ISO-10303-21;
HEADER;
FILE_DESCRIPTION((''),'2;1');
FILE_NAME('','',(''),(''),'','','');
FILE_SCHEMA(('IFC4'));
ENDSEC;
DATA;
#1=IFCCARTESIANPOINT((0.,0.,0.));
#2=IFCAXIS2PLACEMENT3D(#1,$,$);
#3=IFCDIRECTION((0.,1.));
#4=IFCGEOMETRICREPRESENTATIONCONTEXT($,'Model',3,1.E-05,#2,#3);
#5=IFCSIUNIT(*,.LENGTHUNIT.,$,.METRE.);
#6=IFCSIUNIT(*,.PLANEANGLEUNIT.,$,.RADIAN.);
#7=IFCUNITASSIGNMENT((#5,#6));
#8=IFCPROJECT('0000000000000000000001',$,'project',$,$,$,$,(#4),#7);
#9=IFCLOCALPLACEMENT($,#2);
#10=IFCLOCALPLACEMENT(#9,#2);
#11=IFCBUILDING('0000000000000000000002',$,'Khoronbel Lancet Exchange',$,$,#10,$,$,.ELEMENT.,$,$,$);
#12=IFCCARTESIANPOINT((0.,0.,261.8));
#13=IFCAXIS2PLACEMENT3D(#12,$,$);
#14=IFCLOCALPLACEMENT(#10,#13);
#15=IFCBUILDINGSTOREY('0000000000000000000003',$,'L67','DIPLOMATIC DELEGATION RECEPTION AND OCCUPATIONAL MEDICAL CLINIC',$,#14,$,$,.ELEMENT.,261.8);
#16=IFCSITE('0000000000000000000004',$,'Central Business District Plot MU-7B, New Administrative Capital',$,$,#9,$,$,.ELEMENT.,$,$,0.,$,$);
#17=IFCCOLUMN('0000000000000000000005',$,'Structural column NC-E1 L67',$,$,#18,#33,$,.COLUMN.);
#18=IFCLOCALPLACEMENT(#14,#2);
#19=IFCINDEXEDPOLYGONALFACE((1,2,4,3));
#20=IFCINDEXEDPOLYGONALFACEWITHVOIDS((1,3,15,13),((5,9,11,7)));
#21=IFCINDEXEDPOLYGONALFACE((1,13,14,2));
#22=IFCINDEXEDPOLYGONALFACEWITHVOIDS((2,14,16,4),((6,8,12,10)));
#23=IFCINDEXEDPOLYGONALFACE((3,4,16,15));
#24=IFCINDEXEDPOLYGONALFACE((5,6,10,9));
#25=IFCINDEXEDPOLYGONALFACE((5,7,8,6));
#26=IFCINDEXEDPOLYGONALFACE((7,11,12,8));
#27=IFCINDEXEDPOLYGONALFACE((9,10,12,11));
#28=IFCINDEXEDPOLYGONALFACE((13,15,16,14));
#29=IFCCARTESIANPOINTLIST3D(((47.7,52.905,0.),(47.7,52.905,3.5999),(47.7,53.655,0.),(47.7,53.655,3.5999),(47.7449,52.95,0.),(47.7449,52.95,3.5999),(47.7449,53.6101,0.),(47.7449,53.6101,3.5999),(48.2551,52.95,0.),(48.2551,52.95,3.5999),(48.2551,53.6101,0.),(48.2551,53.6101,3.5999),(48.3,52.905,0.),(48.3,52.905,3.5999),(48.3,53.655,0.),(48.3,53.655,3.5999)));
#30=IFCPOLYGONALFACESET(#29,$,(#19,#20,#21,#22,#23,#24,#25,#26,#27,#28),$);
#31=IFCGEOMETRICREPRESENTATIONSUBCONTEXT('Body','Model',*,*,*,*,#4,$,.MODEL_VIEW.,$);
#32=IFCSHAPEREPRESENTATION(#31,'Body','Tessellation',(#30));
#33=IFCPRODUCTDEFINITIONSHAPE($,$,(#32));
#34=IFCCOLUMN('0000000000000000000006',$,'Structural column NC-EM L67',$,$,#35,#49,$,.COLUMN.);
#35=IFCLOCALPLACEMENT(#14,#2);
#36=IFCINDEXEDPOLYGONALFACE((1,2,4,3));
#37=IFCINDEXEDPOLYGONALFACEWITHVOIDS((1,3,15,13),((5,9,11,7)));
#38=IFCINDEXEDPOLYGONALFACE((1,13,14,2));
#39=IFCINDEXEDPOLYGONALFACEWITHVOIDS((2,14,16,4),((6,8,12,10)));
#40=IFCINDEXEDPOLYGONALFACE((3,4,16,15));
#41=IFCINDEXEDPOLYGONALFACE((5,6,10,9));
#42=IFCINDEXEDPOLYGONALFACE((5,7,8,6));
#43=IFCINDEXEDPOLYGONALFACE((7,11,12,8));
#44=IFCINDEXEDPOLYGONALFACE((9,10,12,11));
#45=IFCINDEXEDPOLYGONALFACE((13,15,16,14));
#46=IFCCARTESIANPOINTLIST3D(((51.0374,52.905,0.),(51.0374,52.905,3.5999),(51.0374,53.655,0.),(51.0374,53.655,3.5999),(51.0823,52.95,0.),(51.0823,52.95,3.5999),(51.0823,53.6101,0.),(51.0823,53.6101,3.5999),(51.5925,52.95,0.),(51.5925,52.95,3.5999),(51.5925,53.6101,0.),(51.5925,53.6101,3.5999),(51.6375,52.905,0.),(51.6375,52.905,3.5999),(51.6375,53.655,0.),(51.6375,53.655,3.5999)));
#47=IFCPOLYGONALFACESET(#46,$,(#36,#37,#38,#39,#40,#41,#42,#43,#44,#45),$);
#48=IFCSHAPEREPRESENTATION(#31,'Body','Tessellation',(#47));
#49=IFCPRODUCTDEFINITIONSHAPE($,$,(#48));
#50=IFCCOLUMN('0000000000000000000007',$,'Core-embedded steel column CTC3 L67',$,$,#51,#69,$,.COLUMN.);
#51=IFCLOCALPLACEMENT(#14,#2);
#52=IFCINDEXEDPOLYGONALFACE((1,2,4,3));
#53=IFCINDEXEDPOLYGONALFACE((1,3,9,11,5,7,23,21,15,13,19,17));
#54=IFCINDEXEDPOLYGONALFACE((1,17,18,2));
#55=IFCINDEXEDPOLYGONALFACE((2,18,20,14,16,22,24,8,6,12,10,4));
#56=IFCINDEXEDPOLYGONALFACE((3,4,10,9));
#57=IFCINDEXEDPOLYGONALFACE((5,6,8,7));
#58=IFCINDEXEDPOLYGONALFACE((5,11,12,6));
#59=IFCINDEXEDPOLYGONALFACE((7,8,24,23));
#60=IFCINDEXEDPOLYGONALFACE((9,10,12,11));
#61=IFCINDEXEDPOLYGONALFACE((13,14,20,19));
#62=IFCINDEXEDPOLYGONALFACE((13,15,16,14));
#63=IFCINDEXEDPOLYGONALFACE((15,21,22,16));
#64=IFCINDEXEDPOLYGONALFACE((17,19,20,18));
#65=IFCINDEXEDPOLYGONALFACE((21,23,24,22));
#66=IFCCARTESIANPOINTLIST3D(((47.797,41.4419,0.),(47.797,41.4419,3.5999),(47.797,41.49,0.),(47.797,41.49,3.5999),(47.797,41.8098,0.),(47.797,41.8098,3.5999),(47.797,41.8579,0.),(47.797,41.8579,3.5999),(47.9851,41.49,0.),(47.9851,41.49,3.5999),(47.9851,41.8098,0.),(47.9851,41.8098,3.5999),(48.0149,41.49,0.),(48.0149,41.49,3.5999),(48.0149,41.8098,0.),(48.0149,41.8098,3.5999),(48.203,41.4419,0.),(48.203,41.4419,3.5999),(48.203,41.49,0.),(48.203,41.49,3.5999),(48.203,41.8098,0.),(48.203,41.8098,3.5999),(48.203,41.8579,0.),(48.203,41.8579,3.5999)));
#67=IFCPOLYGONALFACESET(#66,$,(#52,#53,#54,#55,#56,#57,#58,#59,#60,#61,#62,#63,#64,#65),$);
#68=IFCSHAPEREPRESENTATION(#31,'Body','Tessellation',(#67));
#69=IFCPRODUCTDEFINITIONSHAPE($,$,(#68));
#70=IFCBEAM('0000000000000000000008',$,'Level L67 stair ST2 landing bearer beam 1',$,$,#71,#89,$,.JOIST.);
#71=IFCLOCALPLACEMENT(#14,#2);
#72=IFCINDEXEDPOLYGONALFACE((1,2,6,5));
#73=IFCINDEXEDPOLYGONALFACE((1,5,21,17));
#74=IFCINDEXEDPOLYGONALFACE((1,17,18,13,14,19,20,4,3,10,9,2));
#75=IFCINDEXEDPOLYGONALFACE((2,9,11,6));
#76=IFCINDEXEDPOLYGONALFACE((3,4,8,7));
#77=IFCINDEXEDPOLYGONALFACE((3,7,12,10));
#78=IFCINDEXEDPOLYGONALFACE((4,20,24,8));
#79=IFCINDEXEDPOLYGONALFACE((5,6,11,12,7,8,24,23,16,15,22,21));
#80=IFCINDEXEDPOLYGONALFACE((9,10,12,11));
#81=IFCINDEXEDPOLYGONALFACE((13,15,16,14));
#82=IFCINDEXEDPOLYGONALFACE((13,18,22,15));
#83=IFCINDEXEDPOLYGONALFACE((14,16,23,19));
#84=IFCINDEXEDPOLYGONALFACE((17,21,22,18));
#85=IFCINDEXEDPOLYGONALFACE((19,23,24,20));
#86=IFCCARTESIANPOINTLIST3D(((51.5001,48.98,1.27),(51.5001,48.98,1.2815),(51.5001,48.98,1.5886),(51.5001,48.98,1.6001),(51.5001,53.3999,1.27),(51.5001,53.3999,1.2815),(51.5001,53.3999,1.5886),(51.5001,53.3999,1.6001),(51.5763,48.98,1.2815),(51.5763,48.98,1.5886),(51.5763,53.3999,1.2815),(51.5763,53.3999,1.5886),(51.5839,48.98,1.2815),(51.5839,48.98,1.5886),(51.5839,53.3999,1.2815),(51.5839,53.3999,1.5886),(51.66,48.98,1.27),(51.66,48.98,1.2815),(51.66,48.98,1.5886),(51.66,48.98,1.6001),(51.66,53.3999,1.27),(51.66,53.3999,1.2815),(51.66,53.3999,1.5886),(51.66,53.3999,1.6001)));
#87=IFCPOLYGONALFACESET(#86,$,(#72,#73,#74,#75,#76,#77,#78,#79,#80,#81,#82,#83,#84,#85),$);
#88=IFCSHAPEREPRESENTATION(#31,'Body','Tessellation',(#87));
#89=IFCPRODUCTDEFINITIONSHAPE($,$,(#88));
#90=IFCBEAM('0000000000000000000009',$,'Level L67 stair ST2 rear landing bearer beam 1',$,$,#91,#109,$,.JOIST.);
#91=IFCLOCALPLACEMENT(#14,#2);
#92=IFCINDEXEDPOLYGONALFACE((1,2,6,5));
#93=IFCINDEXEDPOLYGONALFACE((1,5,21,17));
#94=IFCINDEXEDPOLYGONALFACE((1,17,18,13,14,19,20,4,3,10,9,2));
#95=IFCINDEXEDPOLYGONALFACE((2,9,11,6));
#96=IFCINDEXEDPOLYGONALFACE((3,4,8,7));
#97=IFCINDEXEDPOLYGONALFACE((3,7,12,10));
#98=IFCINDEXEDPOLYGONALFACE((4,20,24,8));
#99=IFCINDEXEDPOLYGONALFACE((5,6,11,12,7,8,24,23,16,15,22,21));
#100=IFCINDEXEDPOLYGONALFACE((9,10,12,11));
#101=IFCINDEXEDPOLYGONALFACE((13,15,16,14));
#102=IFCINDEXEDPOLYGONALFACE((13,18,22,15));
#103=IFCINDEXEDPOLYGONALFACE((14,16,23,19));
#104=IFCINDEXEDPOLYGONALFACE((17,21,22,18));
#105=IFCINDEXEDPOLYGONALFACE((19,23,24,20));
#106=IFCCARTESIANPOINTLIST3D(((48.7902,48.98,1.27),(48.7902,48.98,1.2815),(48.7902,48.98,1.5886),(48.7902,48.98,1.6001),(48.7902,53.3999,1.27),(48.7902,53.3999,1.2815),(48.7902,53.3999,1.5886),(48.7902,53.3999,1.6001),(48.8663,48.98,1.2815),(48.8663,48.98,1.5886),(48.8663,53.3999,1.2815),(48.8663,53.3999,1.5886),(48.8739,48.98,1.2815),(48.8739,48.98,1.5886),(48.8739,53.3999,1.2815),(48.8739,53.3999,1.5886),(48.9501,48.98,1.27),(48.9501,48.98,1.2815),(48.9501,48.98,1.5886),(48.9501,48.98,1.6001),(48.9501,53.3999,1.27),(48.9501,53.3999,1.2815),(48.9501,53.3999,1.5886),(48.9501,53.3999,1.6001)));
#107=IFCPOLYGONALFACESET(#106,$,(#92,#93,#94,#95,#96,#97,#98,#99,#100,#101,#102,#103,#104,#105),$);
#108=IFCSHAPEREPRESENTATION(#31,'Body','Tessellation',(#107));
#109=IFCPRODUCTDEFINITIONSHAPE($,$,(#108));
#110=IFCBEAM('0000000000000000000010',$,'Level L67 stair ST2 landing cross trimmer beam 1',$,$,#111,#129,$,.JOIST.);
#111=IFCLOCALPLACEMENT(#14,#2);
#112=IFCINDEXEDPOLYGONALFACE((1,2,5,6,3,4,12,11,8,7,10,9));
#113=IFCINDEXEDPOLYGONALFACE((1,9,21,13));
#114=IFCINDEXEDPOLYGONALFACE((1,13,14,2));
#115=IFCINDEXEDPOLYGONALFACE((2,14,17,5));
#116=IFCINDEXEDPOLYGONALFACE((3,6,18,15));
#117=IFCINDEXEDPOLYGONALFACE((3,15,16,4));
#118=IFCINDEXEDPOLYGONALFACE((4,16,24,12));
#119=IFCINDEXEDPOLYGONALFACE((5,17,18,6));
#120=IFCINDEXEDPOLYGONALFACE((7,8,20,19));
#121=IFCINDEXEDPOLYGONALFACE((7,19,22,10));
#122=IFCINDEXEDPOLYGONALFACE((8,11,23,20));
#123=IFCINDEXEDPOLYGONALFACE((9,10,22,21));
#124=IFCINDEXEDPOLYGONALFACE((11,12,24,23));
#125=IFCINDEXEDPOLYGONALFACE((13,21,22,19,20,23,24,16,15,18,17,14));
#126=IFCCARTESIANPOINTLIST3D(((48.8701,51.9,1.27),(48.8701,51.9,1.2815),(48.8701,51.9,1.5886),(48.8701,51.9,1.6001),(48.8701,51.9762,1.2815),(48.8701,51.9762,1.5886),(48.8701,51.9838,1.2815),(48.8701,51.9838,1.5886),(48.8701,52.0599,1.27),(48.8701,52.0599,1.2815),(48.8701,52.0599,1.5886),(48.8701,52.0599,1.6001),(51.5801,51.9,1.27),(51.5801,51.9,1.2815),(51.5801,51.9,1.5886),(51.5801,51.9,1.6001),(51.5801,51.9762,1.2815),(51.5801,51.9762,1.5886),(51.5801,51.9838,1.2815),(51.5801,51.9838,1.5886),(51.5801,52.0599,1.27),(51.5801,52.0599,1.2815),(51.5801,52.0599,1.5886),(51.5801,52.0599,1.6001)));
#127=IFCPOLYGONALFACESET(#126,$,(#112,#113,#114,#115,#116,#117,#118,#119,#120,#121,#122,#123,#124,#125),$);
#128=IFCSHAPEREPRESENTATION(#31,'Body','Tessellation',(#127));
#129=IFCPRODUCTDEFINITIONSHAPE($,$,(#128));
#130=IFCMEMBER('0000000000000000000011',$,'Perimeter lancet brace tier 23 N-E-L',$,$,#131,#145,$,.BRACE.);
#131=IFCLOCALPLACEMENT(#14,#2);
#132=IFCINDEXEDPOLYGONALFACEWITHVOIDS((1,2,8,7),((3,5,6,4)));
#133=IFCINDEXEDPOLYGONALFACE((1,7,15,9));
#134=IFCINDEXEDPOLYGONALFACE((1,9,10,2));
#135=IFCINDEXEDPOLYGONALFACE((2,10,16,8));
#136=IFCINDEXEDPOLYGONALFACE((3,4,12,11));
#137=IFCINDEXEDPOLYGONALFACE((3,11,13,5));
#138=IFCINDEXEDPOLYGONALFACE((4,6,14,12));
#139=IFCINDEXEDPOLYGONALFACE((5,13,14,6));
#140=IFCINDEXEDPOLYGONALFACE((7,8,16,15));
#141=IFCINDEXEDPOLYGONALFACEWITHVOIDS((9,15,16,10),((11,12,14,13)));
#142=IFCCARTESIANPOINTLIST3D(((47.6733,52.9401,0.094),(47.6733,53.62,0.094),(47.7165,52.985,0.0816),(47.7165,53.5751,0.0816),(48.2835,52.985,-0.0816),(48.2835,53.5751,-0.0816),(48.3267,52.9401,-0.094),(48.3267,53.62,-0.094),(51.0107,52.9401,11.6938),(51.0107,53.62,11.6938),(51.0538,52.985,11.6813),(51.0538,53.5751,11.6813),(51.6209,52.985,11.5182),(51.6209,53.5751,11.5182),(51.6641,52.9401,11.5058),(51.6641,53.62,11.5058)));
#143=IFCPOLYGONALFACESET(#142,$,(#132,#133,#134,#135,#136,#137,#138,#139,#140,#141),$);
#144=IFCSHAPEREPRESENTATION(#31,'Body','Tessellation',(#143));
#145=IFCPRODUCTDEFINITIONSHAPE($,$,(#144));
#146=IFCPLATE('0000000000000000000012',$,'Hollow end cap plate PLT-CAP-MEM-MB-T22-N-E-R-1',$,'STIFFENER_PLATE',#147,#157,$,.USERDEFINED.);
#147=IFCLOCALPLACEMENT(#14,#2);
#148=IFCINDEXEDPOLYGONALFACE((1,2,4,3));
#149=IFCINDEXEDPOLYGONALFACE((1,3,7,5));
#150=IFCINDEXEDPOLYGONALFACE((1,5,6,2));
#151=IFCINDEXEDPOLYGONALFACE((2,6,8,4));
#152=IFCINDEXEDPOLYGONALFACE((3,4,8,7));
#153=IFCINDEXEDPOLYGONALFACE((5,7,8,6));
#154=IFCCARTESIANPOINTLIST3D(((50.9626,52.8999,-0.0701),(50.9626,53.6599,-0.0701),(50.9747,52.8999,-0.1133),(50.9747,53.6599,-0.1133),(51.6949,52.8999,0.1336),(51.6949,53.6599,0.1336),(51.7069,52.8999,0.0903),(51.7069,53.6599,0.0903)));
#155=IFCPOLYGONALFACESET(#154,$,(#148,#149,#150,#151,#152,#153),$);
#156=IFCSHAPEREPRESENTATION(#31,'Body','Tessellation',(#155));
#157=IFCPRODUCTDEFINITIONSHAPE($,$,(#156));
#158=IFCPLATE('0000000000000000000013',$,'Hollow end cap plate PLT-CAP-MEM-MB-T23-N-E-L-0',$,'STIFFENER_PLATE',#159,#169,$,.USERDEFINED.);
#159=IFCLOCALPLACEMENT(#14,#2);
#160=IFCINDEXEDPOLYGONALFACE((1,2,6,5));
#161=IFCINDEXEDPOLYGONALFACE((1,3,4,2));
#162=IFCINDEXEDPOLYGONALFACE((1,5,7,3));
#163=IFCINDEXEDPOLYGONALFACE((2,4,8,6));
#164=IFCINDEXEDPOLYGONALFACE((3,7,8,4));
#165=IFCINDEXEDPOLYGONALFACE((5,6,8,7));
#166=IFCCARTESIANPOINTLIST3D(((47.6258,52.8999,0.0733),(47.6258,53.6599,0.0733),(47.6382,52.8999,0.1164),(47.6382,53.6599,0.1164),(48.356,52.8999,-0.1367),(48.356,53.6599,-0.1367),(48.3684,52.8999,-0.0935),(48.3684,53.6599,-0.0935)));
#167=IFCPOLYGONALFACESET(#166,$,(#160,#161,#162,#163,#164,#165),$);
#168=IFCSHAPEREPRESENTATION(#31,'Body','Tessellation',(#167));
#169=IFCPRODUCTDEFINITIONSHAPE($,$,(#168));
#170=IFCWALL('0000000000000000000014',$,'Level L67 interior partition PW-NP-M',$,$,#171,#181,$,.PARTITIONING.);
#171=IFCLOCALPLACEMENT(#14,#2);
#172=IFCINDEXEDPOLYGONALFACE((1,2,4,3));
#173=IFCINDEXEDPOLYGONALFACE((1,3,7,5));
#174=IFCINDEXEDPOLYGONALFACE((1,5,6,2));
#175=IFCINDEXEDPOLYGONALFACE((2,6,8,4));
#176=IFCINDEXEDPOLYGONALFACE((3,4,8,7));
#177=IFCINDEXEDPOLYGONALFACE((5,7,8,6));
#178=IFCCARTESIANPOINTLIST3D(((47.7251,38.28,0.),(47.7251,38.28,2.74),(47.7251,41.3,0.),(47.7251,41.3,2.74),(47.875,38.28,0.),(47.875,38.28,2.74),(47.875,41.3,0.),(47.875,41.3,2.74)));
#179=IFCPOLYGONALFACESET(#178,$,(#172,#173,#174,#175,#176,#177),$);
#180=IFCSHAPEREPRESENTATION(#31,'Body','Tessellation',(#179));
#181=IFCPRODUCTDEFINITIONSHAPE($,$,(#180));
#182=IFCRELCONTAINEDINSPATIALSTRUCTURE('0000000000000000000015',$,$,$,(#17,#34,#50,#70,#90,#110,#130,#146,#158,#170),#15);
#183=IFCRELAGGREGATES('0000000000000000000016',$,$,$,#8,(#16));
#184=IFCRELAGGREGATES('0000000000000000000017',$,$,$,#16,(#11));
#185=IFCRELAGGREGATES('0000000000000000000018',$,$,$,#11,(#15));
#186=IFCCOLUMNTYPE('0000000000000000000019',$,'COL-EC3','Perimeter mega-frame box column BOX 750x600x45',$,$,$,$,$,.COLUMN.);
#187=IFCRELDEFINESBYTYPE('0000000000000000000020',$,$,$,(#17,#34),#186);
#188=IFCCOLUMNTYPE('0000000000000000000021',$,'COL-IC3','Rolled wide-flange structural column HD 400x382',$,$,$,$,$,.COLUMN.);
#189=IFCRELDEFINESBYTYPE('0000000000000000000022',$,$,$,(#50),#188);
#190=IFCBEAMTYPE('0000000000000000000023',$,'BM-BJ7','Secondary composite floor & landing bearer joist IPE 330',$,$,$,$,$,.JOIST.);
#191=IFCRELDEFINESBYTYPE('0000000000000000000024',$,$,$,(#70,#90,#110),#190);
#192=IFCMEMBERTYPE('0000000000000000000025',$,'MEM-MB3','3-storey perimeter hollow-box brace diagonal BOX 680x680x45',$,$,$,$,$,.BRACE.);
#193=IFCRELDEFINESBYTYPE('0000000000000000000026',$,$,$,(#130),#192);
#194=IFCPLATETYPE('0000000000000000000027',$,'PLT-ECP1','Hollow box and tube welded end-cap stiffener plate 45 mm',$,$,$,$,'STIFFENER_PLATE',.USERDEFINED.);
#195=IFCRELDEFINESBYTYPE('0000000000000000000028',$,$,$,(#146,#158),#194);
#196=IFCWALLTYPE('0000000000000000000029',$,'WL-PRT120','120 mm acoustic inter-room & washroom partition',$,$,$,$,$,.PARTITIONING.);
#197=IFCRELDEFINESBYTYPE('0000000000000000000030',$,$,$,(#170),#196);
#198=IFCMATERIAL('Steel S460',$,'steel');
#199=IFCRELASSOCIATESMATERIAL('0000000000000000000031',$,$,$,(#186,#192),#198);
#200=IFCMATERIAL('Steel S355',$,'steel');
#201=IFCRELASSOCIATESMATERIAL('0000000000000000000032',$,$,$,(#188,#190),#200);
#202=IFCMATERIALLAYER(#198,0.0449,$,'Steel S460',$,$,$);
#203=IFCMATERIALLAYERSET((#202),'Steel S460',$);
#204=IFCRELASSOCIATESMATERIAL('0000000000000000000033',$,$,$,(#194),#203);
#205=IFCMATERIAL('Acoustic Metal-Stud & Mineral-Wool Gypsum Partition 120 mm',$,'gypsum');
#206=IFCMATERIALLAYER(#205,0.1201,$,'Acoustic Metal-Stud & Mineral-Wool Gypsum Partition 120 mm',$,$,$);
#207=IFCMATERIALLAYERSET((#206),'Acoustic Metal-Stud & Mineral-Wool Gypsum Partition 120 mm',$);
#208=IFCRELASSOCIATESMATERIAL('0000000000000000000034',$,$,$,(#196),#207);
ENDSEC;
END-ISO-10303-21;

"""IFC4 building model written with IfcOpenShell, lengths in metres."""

from ifc_helpers import new_model, si_unit, direction, frame, frame_2d, origin, origin_2d, place, context, subcontext, project, spatial, polyline, rectangle, hollow_rectangle, i_section, outline, extrude, material, layer, layer_set, material_profile, profile_set, type_object, element, save


model = new_model("IFC4")

# Units and contexts
model_context = context("Model", 3, precision=1e-05, world=origin(), true_north=direction((0.0, 1.0)))
body_context = subcontext(model_context, "Body", "Model", "MODEL_VIEW")
ifc_project = project(units=[si_unit("LENGTHUNIT", "METRE"), si_unit("PLANEANGLEUNIT", "RADIAN")], contexts=[model_context])

# Site, building, storey
site_placement = place(None, origin())
site = spatial("IfcSite", under=ifc_project, at=site_placement, Name="Central Business District Plot MU-7B, New Administrative Capital", CompositionType="ELEMENT", RefElevation=0.0)
building_placement = place(site_placement, origin())
building = spatial("IfcBuilding", under=site, at=building_placement, Name="Khoronbel Lancet Exchange", CompositionType="ELEMENT")
storey_placement = place(building_placement, frame((0.0, 0.0, 261.8)))
storey = spatial("IfcBuildingStorey", under=building, at=storey_placement, Name="L67", Description="DIPLOMATIC DELEGATION RECEPTION AND OCCUPATIONAL MEDICAL CLINIC", CompositionType="ELEMENT", Elevation=261.8)

# Columns
ifc_material_1 = material(Name="Steel S460", Category="steel")
ifc_material_profile_1 = material_profile(ifc_material_1, hollow_rectangle(XDim=0.6001, YDim=0.75, WallThickness=0.0449, at=origin_2d()), Name="BOX 750x600x45")
ifc_profile_set_1 = profile_set([ifc_material_profile_1], Name="Steel S460")
column_type_1 = type_object("IfcColumnType", Name="COL-EC3", Description="Perimeter mega-frame box column BOX 750x600x45", PredefinedType="COLUMN", material=ifc_profile_set_1)
for number, where, z_axis, x_axis, name in (
    (1, (48.0, 53.28, 0.0), (0.0, 0.0, 1.0), (1.0, 0.0, 0.0), "Structural column NC-E1 L67"),
    (2, (51.3374, 53.28, 0.0), (0.0, 0.0, 1.0), (1.0, 0.0, 0.0), "Structural column NC-EM L67"),
):
    element("IfcColumn", number, at=place(storey_placement, frame(where, z_axis=z_axis, x_axis=x_axis)), inside=storey, type_object=column_type_1, Name=name, PredefinedType="COLUMN", context=body_context, shape_type="SweptSolid", body=[
        extrude(hollow_rectangle(XDim=0.6001, YDim=0.75, WallThickness=0.0449, at=origin_2d()), origin(), (0.0, 0.0, 1.0), 3.5999),
    ])
ifc_material_2 = material(Name="Steel S355", Category="steel")
ifc_material_profile_2 = material_profile(ifc_material_2, i_section(OverallWidth=0.406, OverallDepth=0.416, WebThickness=0.0298, FlangeThickness=0.0481, at=origin_2d()), Name="HD 400x382")
ifc_profile_set_2 = profile_set([ifc_material_profile_2], Name="Steel S355")
column_type_2 = type_object("IfcColumnType", Name="COL-IC3", Description="Rolled wide-flange structural column HD 400x382", PredefinedType="COLUMN", material=ifc_profile_set_2)
column_placement = place(storey_placement, frame((48.0, 41.6499, 0.0), z_axis=(0.0, 0.0, 1.0), x_axis=(1.0, 0.0, 0.0)))
element("IfcColumn", 3, at=column_placement, inside=storey, type_object=column_type_2, Name="Core-embedded steel column CTC3 L67", PredefinedType="COLUMN", context=body_context, shape_type="SweptSolid", body=[
    extrude(i_section(OverallWidth=0.406, OverallDepth=0.416, WebThickness=0.0298, FlangeThickness=0.0481, at=origin_2d()), origin(), (0.0, 0.0, 1.0), 3.5999),
])

# Beams
ifc_material_profile_3 = material_profile(ifc_material_2, i_section(OverallWidth=0.1599, OverallDepth=0.3301, WebThickness=0.0076, FlangeThickness=0.0115, at=origin_2d()), Name="IPE 330")
ifc_profile_set_3 = profile_set([ifc_material_profile_3], Name="Steel S355")
beam_type = type_object("IfcBeamType", Name="BM-BJ7", Description="Secondary composite floor & landing bearer joist IPE 330", PredefinedType="JOIST", material=ifc_profile_set_3)
for number, where, z_axis, x_axis, name in (
    (4, (51.5801, 48.98, 1.4351), (0.0, 1.0, 0.0), (-1.0, 0.0, 0.0), "Level L67 stair ST2 landing bearer beam 1"),
    (5, (48.8701, 48.98, 1.4351), (0.0, 1.0, 0.0), (-1.0, 0.0, 0.0), "Level L67 stair ST2 rear landing bearer beam 1"),
):
    element("IfcBeam", number, at=place(storey_placement, frame(where, z_axis=z_axis, x_axis=x_axis)), inside=storey, type_object=beam_type, Name=name, PredefinedType="JOIST", context=body_context, shape_type="SweptSolid", body=[
        extrude(i_section(OverallWidth=0.1599, OverallDepth=0.3301, WebThickness=0.0076, FlangeThickness=0.0115, at=origin_2d()), origin(), (0.0, 0.0, 1.0), 4.4199),
    ])
beam_placement = place(storey_placement, frame((48.8701, 51.98, 1.4351), z_axis=(1.0, 0.0, 0.0), x_axis=(0.0, 1.0, 0.0)))
element("IfcBeam", 6, at=beam_placement, inside=storey, type_object=beam_type, Name="Level L67 stair ST2 landing cross trimmer beam 1", PredefinedType="JOIST", context=body_context, shape_type="SweptSolid", body=[
    extrude(i_section(OverallWidth=0.1599, OverallDepth=0.3301, WebThickness=0.0076, FlangeThickness=0.0115, at=origin_2d()), origin(), (0.0, 0.0, 1.0), 2.71),
])

# Member
ifc_material_profile_4 = material_profile(ifc_material_1, hollow_rectangle(XDim=0.6799, YDim=0.6799, WallThickness=0.0449, at=origin_2d()), Name="BOX 680x680x45")
ifc_profile_set_4 = profile_set([ifc_material_profile_4], Name="Steel S460")
member_type = type_object("IfcMemberType", Name="MEM-MB3", Description="3-storey perimeter hollow-box brace diagonal BOX 680x680x45", PredefinedType="BRACE", material=ifc_profile_set_4)
member_placement = place(storey_placement, frame((48.0, 53.28, 0.0), z_axis=(0.276494, 0.0, 0.961016), x_axis=(0.0, 1.0, 0.0)))
element("IfcMember", 7, at=member_placement, inside=storey, type_object=member_type, Name="Perimeter lancet brace tier 23 N-E-L", PredefinedType="BRACE", context=body_context, shape_type="SweptSolid", body=[
    extrude(hollow_rectangle(XDim=0.6799, YDim=0.6799, WallThickness=0.0449, at=origin_2d()), origin(), (0.0, 0.0, 1.0), 12.0703),
])

# Plates
ifc_layer_1 = layer(ifc_material_1, 0.0449, Name="Steel S460")
ifc_layer_set_1 = layer_set([ifc_layer_1], Name="Steel S460")
plate_type = type_object("IfcPlateType", Name="PLT-ECP1", Description="Hollow box and tube welded end-cap stiffener plate 45 mm", ElementType="STIFFENER_PLATE", PredefinedType="USERDEFINED", material=ifc_layer_set_1)
plate_1_placement = place(storey_placement, frame((50.9626, 53.6599, -0.0701), z_axis=(-0.267926, 0.0, 0.96344), x_axis=(0.0, -1.0, 0.0)))
element("IfcPlate", 8, at=plate_1_placement, inside=storey, type_object=plate_type, Name="Hollow end cap plate PLT-CAP-MEM-MB-T22-N-E-R-1", ObjectType="STIFFENER_PLATE", PredefinedType="USERDEFINED", context=body_context, shape_type="SweptSolid", body=[
    extrude(outline(polyline([(0.0, 0.0), (0.76, 0.0), (0.76, 0.76), (0.0, 0.76), (0.0, 0.0)])), origin(), (0.0, 0.0, -1.0), 0.0449),
])
plate_2_placement = place(storey_placement, frame((48.3684, 52.8999, -0.0935), z_axis=(0.276333, 0.0, 0.961062), x_axis=(0.0, 1.0, 0.0)))
element("IfcPlate", 9, at=plate_2_placement, inside=storey, type_object=plate_type, Name="Hollow end cap plate PLT-CAP-MEM-MB-T23-N-E-L-0", ObjectType="STIFFENER_PLATE", PredefinedType="USERDEFINED", context=body_context, shape_type="SweptSolid", body=[
    extrude(outline(polyline([(0.0, 0.0), (0.76, 0.0), (0.76, 0.7598), (0.0, 0.7598), (0.0, 0.0)])), origin(), (0.0, 0.0, -1.0), 0.0449),
])

# Wall
ifc_material_3 = material(Name="Acoustic Metal-Stud & Mineral-Wool Gypsum Partition 120 mm", Category="gypsum")
ifc_layer_2 = layer(ifc_material_3, 0.1201, Name="Acoustic Metal-Stud & Mineral-Wool Gypsum Partition 120 mm")
ifc_layer_set_2 = layer_set([ifc_layer_2], Name="Acoustic Metal-Stud & Mineral-Wool Gypsum Partition 120 mm")
wall_type_1 = type_object("IfcWallType", Name="WL-PRT120", Description="120 mm acoustic inter-room & washroom partition", PredefinedType="PARTITIONING", material=ifc_layer_set_2)
wall_1_placement = place(storey_placement, frame((47.8, 38.28, 0.0), z_axis=(0.0, 0.0, 1.0), x_axis=(0.0, 1.0, 0.0)))
element("IfcWall", 10, at=wall_1_placement, inside=storey, type_object=wall_type_1, Name="Level L67 interior partition PW-NP-M", PredefinedType="PARTITIONING", context=body_context, shape_type="SweptSolid", body=[
    extrude(rectangle(XDim=3.02, YDim=0.1499, at=frame_2d((1.51, 0.0))), origin(), (0.0, 0.0, 1.0), 2.74),
])

save(model, "model.ifc")
